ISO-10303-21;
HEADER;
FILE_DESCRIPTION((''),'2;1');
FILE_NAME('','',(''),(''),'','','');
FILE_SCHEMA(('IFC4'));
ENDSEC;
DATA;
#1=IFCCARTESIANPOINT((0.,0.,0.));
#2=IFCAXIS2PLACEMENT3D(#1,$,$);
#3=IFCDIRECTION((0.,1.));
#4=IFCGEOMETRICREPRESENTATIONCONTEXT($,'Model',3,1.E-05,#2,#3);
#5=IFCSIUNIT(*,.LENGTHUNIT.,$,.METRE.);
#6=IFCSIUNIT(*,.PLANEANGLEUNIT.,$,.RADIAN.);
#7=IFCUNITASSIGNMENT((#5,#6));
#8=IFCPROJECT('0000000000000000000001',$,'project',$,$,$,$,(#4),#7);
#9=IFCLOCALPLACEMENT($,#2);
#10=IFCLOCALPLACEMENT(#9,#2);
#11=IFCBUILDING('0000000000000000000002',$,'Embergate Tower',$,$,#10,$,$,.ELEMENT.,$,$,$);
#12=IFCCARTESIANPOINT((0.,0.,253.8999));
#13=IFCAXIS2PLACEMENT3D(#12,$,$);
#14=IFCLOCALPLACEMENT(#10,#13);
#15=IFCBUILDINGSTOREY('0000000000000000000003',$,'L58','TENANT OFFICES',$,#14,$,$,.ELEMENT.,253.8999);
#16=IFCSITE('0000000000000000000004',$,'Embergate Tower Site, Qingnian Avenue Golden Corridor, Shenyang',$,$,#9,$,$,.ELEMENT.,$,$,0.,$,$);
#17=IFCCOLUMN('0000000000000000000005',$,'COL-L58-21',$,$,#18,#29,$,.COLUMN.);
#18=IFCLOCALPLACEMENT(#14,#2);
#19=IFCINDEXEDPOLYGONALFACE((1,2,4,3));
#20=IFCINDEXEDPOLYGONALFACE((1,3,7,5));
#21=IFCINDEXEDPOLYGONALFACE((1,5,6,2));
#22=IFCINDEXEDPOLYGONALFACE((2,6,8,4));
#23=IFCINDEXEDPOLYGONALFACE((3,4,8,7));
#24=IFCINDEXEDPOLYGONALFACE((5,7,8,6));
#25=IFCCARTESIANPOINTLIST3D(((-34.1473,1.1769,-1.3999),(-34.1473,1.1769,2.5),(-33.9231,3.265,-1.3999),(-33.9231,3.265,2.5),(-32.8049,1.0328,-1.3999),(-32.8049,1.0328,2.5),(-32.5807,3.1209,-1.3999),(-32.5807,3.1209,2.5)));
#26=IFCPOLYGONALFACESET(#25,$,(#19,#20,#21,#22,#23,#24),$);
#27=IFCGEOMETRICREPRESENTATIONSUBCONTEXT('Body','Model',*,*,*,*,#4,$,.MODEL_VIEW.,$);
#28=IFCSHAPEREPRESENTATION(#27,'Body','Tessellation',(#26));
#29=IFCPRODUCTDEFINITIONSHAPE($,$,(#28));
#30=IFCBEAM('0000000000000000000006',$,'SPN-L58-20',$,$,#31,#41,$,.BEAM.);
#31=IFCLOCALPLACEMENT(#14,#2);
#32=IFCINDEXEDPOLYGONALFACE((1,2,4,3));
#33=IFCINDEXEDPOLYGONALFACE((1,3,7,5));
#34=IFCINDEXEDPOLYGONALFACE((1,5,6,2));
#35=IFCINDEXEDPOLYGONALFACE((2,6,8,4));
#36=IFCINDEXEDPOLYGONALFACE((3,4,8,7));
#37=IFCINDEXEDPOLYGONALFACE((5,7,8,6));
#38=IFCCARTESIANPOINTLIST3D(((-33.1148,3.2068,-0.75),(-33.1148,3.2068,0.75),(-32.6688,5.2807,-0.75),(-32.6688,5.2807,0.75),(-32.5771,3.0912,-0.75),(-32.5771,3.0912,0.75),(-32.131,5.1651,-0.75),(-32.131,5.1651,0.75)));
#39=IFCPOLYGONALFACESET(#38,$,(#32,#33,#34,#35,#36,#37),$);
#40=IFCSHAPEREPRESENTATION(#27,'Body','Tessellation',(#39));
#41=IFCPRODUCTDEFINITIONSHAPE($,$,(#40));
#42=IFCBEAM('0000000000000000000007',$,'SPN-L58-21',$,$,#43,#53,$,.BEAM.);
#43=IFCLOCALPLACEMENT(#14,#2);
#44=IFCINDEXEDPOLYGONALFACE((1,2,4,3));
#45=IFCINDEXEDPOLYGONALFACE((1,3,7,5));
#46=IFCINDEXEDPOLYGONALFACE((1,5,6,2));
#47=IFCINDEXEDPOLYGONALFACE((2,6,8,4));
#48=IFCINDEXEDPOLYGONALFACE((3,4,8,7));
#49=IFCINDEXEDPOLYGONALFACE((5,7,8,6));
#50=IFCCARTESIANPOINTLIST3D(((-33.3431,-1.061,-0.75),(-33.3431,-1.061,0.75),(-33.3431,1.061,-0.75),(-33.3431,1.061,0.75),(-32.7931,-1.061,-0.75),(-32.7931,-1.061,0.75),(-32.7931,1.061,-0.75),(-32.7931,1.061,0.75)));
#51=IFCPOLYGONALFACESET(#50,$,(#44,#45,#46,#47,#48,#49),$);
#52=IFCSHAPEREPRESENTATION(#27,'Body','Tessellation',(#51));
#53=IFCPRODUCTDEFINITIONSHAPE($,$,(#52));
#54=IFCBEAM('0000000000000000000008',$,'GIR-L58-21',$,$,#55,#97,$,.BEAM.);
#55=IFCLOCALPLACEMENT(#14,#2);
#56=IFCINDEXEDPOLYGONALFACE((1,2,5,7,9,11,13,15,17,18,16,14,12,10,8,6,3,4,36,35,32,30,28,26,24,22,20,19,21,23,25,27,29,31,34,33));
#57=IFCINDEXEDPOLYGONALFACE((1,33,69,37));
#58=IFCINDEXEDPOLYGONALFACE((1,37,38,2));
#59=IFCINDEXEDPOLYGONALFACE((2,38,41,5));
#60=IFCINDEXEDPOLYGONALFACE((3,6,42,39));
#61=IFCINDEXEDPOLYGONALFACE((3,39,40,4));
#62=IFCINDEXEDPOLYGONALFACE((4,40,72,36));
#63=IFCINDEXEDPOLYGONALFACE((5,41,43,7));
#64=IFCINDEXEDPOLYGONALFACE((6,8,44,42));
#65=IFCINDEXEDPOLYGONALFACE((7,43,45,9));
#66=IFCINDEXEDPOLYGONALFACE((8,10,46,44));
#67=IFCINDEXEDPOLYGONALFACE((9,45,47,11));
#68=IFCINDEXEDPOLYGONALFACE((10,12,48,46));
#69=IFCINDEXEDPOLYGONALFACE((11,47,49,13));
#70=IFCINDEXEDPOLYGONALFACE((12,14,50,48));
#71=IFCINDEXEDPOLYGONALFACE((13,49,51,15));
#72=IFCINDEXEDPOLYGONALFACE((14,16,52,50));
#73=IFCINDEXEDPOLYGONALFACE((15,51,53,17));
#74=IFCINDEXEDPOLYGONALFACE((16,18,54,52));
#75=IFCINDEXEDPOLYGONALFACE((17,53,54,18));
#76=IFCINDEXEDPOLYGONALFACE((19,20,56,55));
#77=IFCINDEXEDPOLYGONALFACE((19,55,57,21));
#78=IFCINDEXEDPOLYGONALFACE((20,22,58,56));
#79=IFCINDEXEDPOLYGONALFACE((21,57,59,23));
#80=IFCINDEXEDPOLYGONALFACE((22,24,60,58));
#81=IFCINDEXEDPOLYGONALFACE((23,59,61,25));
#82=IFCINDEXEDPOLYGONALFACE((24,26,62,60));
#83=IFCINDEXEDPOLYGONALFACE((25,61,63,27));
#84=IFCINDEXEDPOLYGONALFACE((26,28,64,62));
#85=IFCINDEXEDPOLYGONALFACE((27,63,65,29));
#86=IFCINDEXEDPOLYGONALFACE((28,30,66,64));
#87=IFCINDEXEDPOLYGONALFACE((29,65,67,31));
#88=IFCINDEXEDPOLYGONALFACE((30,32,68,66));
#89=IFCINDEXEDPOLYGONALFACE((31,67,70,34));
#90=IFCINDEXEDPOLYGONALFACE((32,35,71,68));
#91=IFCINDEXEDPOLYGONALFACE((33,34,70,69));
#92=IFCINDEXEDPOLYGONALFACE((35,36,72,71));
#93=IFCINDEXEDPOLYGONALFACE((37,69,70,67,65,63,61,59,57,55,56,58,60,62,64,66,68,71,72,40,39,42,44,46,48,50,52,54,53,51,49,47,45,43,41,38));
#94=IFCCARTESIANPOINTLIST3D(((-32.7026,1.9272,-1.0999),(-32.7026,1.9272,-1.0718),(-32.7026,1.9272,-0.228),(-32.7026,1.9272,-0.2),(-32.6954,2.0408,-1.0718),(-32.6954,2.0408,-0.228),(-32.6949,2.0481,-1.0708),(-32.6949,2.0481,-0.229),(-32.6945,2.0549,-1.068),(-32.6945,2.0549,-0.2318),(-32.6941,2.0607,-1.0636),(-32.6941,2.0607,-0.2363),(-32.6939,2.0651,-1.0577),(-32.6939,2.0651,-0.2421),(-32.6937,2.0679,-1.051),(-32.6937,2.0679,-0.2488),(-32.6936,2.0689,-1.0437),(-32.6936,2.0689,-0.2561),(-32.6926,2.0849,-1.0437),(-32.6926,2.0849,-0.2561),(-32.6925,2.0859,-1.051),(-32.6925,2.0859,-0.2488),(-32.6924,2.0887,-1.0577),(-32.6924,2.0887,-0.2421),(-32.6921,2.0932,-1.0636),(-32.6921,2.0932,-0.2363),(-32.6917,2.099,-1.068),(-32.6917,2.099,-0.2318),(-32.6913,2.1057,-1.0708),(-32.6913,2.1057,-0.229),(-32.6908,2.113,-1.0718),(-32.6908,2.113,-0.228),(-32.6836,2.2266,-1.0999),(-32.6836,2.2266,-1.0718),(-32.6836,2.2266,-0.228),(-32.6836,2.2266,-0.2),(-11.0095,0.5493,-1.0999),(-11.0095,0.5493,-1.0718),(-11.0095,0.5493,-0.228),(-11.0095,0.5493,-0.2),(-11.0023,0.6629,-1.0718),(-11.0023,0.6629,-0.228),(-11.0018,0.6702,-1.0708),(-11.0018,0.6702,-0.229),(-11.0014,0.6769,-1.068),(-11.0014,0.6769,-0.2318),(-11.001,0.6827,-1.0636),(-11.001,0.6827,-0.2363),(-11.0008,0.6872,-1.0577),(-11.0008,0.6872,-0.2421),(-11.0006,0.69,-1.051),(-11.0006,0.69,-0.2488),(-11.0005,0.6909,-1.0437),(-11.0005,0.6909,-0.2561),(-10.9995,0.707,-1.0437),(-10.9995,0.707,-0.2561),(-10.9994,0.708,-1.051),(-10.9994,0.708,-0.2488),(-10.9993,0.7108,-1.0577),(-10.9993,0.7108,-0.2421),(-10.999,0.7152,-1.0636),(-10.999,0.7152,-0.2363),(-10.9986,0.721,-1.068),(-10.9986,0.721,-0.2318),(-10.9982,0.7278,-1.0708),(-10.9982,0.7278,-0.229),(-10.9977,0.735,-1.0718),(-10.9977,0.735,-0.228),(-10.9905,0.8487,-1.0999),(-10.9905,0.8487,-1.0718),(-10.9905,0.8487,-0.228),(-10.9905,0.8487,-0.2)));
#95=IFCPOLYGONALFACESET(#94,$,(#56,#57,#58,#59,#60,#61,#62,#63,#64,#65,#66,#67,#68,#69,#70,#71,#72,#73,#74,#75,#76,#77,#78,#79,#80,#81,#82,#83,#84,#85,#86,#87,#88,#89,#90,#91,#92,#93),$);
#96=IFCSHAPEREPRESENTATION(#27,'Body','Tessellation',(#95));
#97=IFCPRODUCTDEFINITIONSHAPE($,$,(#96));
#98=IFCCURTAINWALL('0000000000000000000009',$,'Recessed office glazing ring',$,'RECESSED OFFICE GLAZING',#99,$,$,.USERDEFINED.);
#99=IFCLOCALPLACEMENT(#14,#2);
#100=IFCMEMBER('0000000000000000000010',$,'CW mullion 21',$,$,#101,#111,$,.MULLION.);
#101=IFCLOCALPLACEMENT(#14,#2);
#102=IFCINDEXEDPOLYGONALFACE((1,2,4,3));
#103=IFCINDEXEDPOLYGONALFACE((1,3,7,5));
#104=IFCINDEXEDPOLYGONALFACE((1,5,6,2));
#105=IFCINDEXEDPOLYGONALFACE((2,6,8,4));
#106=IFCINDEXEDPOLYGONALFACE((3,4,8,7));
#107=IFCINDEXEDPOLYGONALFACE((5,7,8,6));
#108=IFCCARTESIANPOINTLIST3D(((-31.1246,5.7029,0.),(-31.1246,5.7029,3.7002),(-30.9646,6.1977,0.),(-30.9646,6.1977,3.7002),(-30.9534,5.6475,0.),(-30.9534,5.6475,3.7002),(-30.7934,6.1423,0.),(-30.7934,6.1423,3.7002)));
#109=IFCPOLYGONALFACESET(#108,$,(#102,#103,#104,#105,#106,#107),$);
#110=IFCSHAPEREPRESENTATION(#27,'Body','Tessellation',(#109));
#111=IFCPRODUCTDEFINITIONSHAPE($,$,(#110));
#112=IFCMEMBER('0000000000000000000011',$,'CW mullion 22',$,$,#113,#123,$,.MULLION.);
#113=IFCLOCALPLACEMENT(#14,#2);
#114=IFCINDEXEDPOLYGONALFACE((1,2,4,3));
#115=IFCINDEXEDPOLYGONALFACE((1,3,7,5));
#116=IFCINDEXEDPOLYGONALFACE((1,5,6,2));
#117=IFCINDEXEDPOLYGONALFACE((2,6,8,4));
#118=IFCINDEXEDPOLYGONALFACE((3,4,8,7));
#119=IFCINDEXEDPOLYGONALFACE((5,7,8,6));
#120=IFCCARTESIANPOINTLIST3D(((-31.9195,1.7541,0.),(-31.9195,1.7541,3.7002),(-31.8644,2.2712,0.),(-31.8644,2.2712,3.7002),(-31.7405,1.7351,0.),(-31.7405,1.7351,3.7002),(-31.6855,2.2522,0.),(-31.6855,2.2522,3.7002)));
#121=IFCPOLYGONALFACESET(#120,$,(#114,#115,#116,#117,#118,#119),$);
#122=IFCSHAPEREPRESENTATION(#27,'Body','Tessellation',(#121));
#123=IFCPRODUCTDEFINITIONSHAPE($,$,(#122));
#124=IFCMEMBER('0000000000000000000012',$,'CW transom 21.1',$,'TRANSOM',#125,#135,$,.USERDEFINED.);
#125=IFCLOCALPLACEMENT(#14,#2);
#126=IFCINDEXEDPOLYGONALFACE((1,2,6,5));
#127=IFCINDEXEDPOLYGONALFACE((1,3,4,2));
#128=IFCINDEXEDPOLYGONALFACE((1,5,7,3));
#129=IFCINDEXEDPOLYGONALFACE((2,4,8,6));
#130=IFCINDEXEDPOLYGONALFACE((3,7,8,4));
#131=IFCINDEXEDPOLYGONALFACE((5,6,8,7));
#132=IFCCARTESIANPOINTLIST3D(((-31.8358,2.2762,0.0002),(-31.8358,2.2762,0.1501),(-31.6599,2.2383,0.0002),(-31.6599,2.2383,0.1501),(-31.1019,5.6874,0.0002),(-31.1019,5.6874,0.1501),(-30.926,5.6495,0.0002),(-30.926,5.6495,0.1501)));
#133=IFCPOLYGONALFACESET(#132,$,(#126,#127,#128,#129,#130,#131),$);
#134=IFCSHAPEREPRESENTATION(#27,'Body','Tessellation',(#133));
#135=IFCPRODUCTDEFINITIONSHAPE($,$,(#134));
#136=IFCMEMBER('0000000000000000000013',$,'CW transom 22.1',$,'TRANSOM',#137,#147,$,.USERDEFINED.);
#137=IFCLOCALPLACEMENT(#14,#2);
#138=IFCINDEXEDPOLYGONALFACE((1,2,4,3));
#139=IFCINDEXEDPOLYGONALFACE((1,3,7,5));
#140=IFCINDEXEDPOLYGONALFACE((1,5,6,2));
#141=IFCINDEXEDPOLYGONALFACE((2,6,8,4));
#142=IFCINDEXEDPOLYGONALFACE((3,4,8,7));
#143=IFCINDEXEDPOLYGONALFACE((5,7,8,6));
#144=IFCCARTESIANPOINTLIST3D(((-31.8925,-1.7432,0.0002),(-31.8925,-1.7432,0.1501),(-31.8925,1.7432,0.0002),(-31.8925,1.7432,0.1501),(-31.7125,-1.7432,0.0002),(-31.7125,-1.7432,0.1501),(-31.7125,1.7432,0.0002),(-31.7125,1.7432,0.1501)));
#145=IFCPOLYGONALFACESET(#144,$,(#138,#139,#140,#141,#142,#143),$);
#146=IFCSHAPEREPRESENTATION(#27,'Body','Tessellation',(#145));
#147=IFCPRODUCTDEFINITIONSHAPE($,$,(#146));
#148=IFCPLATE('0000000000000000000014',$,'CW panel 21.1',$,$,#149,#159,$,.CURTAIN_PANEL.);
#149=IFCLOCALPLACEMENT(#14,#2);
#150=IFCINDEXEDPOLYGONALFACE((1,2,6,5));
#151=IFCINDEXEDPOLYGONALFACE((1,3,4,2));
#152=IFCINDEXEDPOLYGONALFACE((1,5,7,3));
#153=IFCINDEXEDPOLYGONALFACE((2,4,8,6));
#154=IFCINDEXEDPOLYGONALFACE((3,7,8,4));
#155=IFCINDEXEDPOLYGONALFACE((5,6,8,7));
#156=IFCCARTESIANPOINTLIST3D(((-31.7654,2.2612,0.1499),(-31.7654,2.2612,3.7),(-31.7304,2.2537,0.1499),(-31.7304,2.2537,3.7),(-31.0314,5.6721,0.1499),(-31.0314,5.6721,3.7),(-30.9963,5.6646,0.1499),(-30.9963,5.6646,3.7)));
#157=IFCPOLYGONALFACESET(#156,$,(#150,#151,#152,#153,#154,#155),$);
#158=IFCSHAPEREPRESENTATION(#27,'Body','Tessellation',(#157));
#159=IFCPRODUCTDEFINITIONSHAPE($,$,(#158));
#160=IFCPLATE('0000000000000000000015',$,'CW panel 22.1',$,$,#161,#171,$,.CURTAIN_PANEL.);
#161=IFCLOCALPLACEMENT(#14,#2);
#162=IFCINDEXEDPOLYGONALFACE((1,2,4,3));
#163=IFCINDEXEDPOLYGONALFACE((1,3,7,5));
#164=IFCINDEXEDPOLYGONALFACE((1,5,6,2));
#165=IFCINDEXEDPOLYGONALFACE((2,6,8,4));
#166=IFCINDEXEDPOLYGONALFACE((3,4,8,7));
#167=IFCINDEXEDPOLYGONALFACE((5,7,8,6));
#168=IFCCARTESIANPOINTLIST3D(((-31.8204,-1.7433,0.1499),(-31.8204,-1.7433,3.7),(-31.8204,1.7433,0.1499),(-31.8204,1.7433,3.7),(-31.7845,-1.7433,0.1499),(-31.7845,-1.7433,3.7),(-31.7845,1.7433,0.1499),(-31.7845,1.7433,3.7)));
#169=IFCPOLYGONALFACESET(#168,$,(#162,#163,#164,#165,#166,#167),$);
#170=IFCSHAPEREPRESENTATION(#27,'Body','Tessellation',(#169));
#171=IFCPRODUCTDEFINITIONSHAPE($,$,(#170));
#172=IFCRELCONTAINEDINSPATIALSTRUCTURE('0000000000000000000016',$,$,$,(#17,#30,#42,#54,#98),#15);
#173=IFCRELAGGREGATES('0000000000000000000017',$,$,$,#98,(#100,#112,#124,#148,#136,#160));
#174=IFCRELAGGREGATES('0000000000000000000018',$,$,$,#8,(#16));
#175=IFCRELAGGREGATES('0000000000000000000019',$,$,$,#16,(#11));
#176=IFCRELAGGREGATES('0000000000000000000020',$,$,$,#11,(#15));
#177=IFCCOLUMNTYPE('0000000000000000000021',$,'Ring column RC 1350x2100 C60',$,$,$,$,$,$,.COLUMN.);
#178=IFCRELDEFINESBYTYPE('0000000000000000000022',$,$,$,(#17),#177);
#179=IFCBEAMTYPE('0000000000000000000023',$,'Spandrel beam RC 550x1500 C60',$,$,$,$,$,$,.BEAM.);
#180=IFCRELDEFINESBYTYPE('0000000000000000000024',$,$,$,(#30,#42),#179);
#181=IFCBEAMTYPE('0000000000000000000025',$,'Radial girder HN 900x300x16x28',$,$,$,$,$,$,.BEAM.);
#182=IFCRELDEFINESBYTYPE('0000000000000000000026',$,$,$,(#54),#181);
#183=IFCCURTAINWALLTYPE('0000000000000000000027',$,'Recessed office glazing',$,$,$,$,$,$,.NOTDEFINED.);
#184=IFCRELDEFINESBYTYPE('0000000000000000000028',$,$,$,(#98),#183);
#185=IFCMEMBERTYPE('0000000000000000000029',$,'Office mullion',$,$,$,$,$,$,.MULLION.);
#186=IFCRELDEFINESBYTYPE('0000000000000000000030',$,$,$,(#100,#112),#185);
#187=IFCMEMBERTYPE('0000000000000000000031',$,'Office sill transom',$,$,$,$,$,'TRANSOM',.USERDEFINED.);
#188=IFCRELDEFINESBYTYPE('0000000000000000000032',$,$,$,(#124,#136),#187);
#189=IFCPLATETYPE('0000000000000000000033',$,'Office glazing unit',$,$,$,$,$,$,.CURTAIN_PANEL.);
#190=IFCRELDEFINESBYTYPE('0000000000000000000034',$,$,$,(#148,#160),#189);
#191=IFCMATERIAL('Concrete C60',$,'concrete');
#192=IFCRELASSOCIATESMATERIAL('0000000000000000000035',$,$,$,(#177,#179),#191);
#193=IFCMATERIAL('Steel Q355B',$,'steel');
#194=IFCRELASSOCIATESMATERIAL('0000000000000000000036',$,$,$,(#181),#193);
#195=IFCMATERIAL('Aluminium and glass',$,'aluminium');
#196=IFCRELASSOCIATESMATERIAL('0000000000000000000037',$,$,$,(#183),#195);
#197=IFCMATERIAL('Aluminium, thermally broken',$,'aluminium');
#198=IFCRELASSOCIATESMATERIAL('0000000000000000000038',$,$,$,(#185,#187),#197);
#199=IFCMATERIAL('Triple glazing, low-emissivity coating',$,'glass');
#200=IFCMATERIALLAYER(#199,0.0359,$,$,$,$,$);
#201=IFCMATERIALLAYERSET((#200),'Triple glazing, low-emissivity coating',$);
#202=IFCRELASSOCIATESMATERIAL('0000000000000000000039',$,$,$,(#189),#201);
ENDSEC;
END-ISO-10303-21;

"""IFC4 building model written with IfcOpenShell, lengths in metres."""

from ifc_helpers import new_model, si_unit, direction, frame, origin, origin_2d, place, context, subcontext, project, spatial, rectangle, i_section, extrude, source, transform, mapped, material, layer, layer_set, material_profile, profile_set, type_object, element, aggregate, save


model = new_model("IFC4")

# Units and contexts
model_context = context("Model", 3, precision=1e-05, world=origin(), true_north=direction((0.0, 1.0)))
body_context = subcontext(model_context, "Body", "Model", "MODEL_VIEW")
ifc_project = project(units=[si_unit("LENGTHUNIT", "METRE"), si_unit("PLANEANGLEUNIT", "RADIAN")], contexts=[model_context])

# Site, building, storey
site_placement = place(None, origin())
site = spatial("IfcSite", under=ifc_project, at=site_placement, Name="Embergate Tower Site, Qingnian Avenue Golden Corridor, Shenyang", CompositionType="ELEMENT", RefElevation=0.0)
building_placement = place(site_placement, origin())
building = spatial("IfcBuilding", under=site, at=building_placement, Name="Embergate Tower", CompositionType="ELEMENT")
storey_placement = place(building_placement, frame((0.0, 0.0, 253.8999)))
storey = spatial("IfcBuildingStorey", under=building, at=storey_placement, Name="L58", Description="TENANT OFFICES", CompositionType="ELEMENT", Elevation=253.8999)

# Column
ifc_material_1 = material(Name="Concrete C60", Category="concrete")
ifc_material_profile_1 = material_profile(ifc_material_1, rectangle(XDim=1.3501, YDim=2.1001, at=origin_2d()), Name="RC 1350x2100")
ifc_profile_set_1 = profile_set([ifc_material_profile_1], Name="Concrete C60")
column_type = type_object("IfcColumnType", Name="Ring column RC 1350x2100 C60", PredefinedType="COLUMN", material=ifc_profile_set_1)
shared_shape_1 = source(origin(), body_context, "Body", "SweptSolid", [
    extrude(rectangle(XDim=1.3501, YDim=2.1001, at=origin_2d()), origin(), (0.0, 0.0, 1.0), 3.8999),
])
column_placement = place(storey_placement, frame((-33.364, 2.1489, -1.3999), z_axis=(0.0, 0.0, 1.0), x_axis=(-0.994286, 0.10675, 0.0)))
element("IfcColumn", 1, at=column_placement, inside=storey, type_object=column_type, Name="COL-L58-21", PredefinedType="COLUMN", context=body_context, shape_type="MappedRepresentation", body=[
    mapped(shared_shape_1, transform((0.0, 0.0, 0.0))),
])

# Beams
ifc_material_profile_2 = material_profile(ifc_material_1, rectangle(XDim=0.55, YDim=1.5, at=origin_2d()), Name="RC 550x1500")
ifc_profile_set_2 = profile_set([ifc_material_profile_2], Name="Concrete C60")
beam_type_1 = type_object("IfcBeamType", Name="Spandrel beam RC 550x1500 C60", PredefinedType="BEAM", material=ifc_profile_set_2)
shared_shape_2 = source(origin(), body_context, "Body", "SweptSolid", [
    extrude(rectangle(XDim=0.55, YDim=1.5, at=origin_2d()), origin(), (0.0, 0.0, 1.0), 2.1213),
])
beam_1_placement = place(storey_placement, frame((-32.3999, 5.2229, 0.0), z_axis=(-0.21026, -0.977646, 0.0), x_axis=(0.977646, -0.21026, 0.0)))
element("IfcBeam", 2, at=beam_1_placement, inside=storey, type_object=beam_type_1, Name="SPN-L58-20", PredefinedType="BEAM", context=body_context, shape_type="MappedRepresentation", body=[
    mapped(shared_shape_2, transform((0.0, 0.0, 0.0))),
])
shared_shape_3 = source(origin(), body_context, "Body", "SweptSolid", [
    extrude(rectangle(XDim=0.55, YDim=1.5, at=origin_2d()), origin(), (0.0, 0.0, 1.0), 2.1221),
])
beam_2_placement = place(storey_placement, frame((-33.0681, 1.061, 0.0), z_axis=(0.0, -1.0, 0.0), x_axis=(1.0, 0.0, 0.0)))
element("IfcBeam", 3, at=beam_2_placement, inside=storey, type_object=beam_type_1, Name="SPN-L58-21", PredefinedType="BEAM", context=body_context, shape_type="MappedRepresentation", body=[
    mapped(shared_shape_3, transform((0.0, 0.0, 0.0))),
])
ifc_material_2 = material(Name="Steel Q355B", Category="steel")
ifc_material_profile_3 = material_profile(ifc_material_2, i_section(OverallWidth=0.3, OverallDepth=0.8999, WebThickness=0.0161, FlangeThickness=0.0281, FilletRadius=0.0281, at=origin_2d()), Name="HN 900x300x16x28")
ifc_profile_set_3 = profile_set([ifc_material_profile_3], Name="Steel Q355 grade B")
beam_type_2 = type_object("IfcBeamType", Name="Radial girder HN 900x300x16x28", PredefinedType="BEAM", material=ifc_profile_set_3)
shared_shape_4 = source(origin(), body_context, "Body", "SweptSolid", [
    extrude(i_section(OverallWidth=0.3, OverallDepth=0.8999, WebThickness=0.0161, FlangeThickness=0.0281, FilletRadius=0.0281, at=origin_2d()), origin(), (0.0, 0.0, 1.0), 21.7368),
])
beam_3_placement = place(storey_placement, frame((-32.6931, 2.0769, -0.6499), z_axis=(0.997989, -0.063391, 0.0), x_axis=(0.063391, 0.997989, 0.0)))
element("IfcBeam", 4, at=beam_3_placement, inside=storey, type_object=beam_type_2, Name="GIR-L58-21", PredefinedType="BEAM", context=body_context, shape_type="MappedRepresentation", body=[
    mapped(shared_shape_4, transform((0.0, 0.0, 0.0))),
])

# Curtain wall, members, plates
ifc_material_3 = material(Name="Aluminium and glass", Category="aluminium")
curtain_wall_type = type_object("IfcCurtainWallType", Name="Recessed office glazing", PredefinedType="NOTDEFINED", material=ifc_material_3)
curtain_wall_placement = place(storey_placement, origin())
curtain_wall = element("IfcCurtainWall", 5, at=curtain_wall_placement, inside=storey, type_object=curtain_wall_type, Name="Recessed office glazing ring", ObjectType="RECESSED OFFICE GLAZING", PredefinedType="USERDEFINED")
ifc_material_4 = material(Name="Aluminium, thermally broken", Category="aluminium")
ifc_material_profile_4 = material_profile(ifc_material_4, rectangle(XDim=0.1799, YDim=0.52, at=origin_2d()), Name="AL 520x180")
ifc_profile_set_4 = profile_set([ifc_material_profile_4], Name="Aluminium, thermally broken")
member_type_1 = type_object("IfcMemberType", Name="Office mullion", PredefinedType="MULLION", material=ifc_profile_set_4)
shared_shape_5 = source(origin(), body_context, "Body", "SweptSolid", [
    extrude(rectangle(XDim=0.1799, YDim=0.52, at=origin_2d()), origin(), (0.0, 0.0, 1.0), 3.7002),
])
member_1_placement = place(storey_placement, frame((-30.959, 5.9226, 0.0), z_axis=(0.0, 0.0, 1.0), x_axis=(0.951494, -0.307667, 0.0)))
member_1 = element("IfcMember", 6, at=member_1_placement, type_object=member_type_1, Name="CW mullion 21", PredefinedType="MULLION", context=body_context, shape_type="MappedRepresentation", body=[
    mapped(shared_shape_5, transform((0.0, 0.0, 0.0))),
])
member_2_placement = place(storey_placement, frame((-31.8025, 2.0032, 0.0), z_axis=(0.0, 0.0, 1.0), x_axis=(0.994384, -0.105828, 0.0)))
member_2 = element("IfcMember", 7, at=member_2_placement, type_object=member_type_1, Name="CW mullion 22", PredefinedType="MULLION", context=body_context, shape_type="MappedRepresentation", body=[
    mapped(shared_shape_5, transform((0.0, 0.0, 0.0))),
])
ifc_material_profile_5 = material_profile(ifc_material_4, rectangle(XDim=0.1799, YDim=0.1499, at=origin_2d()), Name="AL 150x180")
ifc_profile_set_5 = profile_set([ifc_material_profile_5], Name="Aluminium, thermally broken")
member_type_2 = type_object("IfcMemberType", Name="Office sill transom", ElementType="TRANSOM", PredefinedType="USERDEFINED", material=ifc_profile_set_5)
shared_shape_6 = source(origin(), body_context, "Body", "SweptSolid", [
    extrude(rectangle(XDim=0.1799, YDim=0.1499, at=origin_2d()), origin(), (0.0, 0.0, 1.0), 3.4893),
])
member_3_placement = place(storey_placement, frame((-31.0139, 5.6685, 0.0752), z_axis=(-0.210332, -0.97763, 0.0), x_axis=(0.97763, -0.210332, 0.0)))
member_3 = element("IfcMember", 8, at=member_3_placement, type_object=member_type_2, Name="CW transom 21.1", ObjectType="TRANSOM", PredefinedType="USERDEFINED", context=body_context, shape_type="MappedRepresentation", body=[
    mapped(shared_shape_6, transform((0.0, 0.0, 0.0))),
])
shared_shape_7 = source(origin(), body_context, "Body", "SweptSolid", [
    extrude(rectangle(XDim=0.1799, YDim=0.1499, at=origin_2d()), origin(), (0.0, 0.0, 1.0), 3.4863),
])
member_4_placement = place(storey_placement, frame((-31.8025, 1.7432, 0.0752), z_axis=(0.0, -1.0, 0.0), x_axis=(1.0, 0.0, 0.0)))
member_4 = element("IfcMember", 9, at=member_4_placement, type_object=member_type_2, Name="CW transom 22.1", ObjectType="TRANSOM", PredefinedType="USERDEFINED", context=body_context, shape_type="MappedRepresentation", body=[
    mapped(shared_shape_7, transform((0.0, 0.0, 0.0))),
])
ifc_material_5 = material(Name="Triple glazing, low-emissivity coating", Category="glass")
ifc_layer_1 = layer(ifc_material_5, 0.0359)
ifc_layer_set_1 = layer_set([ifc_layer_1], Name="Triple glazing, low-emissivity coating")
plate_type = type_object("IfcPlateType", Name="Office glazing unit", PredefinedType="CURTAIN_PANEL", material=ifc_layer_set_1)
shared_shape_8 = source(origin(), body_context, "Body", "SweptSolid", [
    extrude(rectangle(XDim=3.489, YDim=0.0359, at=origin_2d()), origin(), (0.0, 0.0, 1.0), 3.55),
])
plate_1_placement = place(storey_placement, frame((-31.3809, 3.9629, 0.1499), z_axis=(0.0, 0.0, 1.0), x_axis=(-0.210402, -0.977615, 0.0)))
plate_1 = element("IfcPlate", 10, at=plate_1_placement, type_object=plate_type, Name="CW panel 21.1", PredefinedType="CURTAIN_PANEL", context=body_context, shape_type="MappedRepresentation", body=[
    mapped(shared_shape_8, transform((0.0, 0.0, 0.0))),
])
shared_shape_9 = source(origin(), body_context, "Body", "SweptSolid", [
    extrude(rectangle(XDim=3.4866, YDim=0.0359, at=origin_2d()), origin(), (0.0, 0.0, 1.0), 3.55),
])
plate_2_placement = place(storey_placement, frame((-31.8025, 0.0, 0.1499), z_axis=(0.0, 0.0, 1.0), x_axis=(0.0, -1.0, 0.0)))
plate_2 = element("IfcPlate", 11, at=plate_2_placement, type_object=plate_type, Name="CW panel 22.1", PredefinedType="CURTAIN_PANEL", context=body_context, shape_type="MappedRepresentation", body=[
    mapped(shared_shape_9, transform((0.0, 0.0, 0.0))),
])
aggregate(curtain_wall, [member_1, member_2, member_3, plate_1, member_4, plate_2])

save(model, "model.ifc")
